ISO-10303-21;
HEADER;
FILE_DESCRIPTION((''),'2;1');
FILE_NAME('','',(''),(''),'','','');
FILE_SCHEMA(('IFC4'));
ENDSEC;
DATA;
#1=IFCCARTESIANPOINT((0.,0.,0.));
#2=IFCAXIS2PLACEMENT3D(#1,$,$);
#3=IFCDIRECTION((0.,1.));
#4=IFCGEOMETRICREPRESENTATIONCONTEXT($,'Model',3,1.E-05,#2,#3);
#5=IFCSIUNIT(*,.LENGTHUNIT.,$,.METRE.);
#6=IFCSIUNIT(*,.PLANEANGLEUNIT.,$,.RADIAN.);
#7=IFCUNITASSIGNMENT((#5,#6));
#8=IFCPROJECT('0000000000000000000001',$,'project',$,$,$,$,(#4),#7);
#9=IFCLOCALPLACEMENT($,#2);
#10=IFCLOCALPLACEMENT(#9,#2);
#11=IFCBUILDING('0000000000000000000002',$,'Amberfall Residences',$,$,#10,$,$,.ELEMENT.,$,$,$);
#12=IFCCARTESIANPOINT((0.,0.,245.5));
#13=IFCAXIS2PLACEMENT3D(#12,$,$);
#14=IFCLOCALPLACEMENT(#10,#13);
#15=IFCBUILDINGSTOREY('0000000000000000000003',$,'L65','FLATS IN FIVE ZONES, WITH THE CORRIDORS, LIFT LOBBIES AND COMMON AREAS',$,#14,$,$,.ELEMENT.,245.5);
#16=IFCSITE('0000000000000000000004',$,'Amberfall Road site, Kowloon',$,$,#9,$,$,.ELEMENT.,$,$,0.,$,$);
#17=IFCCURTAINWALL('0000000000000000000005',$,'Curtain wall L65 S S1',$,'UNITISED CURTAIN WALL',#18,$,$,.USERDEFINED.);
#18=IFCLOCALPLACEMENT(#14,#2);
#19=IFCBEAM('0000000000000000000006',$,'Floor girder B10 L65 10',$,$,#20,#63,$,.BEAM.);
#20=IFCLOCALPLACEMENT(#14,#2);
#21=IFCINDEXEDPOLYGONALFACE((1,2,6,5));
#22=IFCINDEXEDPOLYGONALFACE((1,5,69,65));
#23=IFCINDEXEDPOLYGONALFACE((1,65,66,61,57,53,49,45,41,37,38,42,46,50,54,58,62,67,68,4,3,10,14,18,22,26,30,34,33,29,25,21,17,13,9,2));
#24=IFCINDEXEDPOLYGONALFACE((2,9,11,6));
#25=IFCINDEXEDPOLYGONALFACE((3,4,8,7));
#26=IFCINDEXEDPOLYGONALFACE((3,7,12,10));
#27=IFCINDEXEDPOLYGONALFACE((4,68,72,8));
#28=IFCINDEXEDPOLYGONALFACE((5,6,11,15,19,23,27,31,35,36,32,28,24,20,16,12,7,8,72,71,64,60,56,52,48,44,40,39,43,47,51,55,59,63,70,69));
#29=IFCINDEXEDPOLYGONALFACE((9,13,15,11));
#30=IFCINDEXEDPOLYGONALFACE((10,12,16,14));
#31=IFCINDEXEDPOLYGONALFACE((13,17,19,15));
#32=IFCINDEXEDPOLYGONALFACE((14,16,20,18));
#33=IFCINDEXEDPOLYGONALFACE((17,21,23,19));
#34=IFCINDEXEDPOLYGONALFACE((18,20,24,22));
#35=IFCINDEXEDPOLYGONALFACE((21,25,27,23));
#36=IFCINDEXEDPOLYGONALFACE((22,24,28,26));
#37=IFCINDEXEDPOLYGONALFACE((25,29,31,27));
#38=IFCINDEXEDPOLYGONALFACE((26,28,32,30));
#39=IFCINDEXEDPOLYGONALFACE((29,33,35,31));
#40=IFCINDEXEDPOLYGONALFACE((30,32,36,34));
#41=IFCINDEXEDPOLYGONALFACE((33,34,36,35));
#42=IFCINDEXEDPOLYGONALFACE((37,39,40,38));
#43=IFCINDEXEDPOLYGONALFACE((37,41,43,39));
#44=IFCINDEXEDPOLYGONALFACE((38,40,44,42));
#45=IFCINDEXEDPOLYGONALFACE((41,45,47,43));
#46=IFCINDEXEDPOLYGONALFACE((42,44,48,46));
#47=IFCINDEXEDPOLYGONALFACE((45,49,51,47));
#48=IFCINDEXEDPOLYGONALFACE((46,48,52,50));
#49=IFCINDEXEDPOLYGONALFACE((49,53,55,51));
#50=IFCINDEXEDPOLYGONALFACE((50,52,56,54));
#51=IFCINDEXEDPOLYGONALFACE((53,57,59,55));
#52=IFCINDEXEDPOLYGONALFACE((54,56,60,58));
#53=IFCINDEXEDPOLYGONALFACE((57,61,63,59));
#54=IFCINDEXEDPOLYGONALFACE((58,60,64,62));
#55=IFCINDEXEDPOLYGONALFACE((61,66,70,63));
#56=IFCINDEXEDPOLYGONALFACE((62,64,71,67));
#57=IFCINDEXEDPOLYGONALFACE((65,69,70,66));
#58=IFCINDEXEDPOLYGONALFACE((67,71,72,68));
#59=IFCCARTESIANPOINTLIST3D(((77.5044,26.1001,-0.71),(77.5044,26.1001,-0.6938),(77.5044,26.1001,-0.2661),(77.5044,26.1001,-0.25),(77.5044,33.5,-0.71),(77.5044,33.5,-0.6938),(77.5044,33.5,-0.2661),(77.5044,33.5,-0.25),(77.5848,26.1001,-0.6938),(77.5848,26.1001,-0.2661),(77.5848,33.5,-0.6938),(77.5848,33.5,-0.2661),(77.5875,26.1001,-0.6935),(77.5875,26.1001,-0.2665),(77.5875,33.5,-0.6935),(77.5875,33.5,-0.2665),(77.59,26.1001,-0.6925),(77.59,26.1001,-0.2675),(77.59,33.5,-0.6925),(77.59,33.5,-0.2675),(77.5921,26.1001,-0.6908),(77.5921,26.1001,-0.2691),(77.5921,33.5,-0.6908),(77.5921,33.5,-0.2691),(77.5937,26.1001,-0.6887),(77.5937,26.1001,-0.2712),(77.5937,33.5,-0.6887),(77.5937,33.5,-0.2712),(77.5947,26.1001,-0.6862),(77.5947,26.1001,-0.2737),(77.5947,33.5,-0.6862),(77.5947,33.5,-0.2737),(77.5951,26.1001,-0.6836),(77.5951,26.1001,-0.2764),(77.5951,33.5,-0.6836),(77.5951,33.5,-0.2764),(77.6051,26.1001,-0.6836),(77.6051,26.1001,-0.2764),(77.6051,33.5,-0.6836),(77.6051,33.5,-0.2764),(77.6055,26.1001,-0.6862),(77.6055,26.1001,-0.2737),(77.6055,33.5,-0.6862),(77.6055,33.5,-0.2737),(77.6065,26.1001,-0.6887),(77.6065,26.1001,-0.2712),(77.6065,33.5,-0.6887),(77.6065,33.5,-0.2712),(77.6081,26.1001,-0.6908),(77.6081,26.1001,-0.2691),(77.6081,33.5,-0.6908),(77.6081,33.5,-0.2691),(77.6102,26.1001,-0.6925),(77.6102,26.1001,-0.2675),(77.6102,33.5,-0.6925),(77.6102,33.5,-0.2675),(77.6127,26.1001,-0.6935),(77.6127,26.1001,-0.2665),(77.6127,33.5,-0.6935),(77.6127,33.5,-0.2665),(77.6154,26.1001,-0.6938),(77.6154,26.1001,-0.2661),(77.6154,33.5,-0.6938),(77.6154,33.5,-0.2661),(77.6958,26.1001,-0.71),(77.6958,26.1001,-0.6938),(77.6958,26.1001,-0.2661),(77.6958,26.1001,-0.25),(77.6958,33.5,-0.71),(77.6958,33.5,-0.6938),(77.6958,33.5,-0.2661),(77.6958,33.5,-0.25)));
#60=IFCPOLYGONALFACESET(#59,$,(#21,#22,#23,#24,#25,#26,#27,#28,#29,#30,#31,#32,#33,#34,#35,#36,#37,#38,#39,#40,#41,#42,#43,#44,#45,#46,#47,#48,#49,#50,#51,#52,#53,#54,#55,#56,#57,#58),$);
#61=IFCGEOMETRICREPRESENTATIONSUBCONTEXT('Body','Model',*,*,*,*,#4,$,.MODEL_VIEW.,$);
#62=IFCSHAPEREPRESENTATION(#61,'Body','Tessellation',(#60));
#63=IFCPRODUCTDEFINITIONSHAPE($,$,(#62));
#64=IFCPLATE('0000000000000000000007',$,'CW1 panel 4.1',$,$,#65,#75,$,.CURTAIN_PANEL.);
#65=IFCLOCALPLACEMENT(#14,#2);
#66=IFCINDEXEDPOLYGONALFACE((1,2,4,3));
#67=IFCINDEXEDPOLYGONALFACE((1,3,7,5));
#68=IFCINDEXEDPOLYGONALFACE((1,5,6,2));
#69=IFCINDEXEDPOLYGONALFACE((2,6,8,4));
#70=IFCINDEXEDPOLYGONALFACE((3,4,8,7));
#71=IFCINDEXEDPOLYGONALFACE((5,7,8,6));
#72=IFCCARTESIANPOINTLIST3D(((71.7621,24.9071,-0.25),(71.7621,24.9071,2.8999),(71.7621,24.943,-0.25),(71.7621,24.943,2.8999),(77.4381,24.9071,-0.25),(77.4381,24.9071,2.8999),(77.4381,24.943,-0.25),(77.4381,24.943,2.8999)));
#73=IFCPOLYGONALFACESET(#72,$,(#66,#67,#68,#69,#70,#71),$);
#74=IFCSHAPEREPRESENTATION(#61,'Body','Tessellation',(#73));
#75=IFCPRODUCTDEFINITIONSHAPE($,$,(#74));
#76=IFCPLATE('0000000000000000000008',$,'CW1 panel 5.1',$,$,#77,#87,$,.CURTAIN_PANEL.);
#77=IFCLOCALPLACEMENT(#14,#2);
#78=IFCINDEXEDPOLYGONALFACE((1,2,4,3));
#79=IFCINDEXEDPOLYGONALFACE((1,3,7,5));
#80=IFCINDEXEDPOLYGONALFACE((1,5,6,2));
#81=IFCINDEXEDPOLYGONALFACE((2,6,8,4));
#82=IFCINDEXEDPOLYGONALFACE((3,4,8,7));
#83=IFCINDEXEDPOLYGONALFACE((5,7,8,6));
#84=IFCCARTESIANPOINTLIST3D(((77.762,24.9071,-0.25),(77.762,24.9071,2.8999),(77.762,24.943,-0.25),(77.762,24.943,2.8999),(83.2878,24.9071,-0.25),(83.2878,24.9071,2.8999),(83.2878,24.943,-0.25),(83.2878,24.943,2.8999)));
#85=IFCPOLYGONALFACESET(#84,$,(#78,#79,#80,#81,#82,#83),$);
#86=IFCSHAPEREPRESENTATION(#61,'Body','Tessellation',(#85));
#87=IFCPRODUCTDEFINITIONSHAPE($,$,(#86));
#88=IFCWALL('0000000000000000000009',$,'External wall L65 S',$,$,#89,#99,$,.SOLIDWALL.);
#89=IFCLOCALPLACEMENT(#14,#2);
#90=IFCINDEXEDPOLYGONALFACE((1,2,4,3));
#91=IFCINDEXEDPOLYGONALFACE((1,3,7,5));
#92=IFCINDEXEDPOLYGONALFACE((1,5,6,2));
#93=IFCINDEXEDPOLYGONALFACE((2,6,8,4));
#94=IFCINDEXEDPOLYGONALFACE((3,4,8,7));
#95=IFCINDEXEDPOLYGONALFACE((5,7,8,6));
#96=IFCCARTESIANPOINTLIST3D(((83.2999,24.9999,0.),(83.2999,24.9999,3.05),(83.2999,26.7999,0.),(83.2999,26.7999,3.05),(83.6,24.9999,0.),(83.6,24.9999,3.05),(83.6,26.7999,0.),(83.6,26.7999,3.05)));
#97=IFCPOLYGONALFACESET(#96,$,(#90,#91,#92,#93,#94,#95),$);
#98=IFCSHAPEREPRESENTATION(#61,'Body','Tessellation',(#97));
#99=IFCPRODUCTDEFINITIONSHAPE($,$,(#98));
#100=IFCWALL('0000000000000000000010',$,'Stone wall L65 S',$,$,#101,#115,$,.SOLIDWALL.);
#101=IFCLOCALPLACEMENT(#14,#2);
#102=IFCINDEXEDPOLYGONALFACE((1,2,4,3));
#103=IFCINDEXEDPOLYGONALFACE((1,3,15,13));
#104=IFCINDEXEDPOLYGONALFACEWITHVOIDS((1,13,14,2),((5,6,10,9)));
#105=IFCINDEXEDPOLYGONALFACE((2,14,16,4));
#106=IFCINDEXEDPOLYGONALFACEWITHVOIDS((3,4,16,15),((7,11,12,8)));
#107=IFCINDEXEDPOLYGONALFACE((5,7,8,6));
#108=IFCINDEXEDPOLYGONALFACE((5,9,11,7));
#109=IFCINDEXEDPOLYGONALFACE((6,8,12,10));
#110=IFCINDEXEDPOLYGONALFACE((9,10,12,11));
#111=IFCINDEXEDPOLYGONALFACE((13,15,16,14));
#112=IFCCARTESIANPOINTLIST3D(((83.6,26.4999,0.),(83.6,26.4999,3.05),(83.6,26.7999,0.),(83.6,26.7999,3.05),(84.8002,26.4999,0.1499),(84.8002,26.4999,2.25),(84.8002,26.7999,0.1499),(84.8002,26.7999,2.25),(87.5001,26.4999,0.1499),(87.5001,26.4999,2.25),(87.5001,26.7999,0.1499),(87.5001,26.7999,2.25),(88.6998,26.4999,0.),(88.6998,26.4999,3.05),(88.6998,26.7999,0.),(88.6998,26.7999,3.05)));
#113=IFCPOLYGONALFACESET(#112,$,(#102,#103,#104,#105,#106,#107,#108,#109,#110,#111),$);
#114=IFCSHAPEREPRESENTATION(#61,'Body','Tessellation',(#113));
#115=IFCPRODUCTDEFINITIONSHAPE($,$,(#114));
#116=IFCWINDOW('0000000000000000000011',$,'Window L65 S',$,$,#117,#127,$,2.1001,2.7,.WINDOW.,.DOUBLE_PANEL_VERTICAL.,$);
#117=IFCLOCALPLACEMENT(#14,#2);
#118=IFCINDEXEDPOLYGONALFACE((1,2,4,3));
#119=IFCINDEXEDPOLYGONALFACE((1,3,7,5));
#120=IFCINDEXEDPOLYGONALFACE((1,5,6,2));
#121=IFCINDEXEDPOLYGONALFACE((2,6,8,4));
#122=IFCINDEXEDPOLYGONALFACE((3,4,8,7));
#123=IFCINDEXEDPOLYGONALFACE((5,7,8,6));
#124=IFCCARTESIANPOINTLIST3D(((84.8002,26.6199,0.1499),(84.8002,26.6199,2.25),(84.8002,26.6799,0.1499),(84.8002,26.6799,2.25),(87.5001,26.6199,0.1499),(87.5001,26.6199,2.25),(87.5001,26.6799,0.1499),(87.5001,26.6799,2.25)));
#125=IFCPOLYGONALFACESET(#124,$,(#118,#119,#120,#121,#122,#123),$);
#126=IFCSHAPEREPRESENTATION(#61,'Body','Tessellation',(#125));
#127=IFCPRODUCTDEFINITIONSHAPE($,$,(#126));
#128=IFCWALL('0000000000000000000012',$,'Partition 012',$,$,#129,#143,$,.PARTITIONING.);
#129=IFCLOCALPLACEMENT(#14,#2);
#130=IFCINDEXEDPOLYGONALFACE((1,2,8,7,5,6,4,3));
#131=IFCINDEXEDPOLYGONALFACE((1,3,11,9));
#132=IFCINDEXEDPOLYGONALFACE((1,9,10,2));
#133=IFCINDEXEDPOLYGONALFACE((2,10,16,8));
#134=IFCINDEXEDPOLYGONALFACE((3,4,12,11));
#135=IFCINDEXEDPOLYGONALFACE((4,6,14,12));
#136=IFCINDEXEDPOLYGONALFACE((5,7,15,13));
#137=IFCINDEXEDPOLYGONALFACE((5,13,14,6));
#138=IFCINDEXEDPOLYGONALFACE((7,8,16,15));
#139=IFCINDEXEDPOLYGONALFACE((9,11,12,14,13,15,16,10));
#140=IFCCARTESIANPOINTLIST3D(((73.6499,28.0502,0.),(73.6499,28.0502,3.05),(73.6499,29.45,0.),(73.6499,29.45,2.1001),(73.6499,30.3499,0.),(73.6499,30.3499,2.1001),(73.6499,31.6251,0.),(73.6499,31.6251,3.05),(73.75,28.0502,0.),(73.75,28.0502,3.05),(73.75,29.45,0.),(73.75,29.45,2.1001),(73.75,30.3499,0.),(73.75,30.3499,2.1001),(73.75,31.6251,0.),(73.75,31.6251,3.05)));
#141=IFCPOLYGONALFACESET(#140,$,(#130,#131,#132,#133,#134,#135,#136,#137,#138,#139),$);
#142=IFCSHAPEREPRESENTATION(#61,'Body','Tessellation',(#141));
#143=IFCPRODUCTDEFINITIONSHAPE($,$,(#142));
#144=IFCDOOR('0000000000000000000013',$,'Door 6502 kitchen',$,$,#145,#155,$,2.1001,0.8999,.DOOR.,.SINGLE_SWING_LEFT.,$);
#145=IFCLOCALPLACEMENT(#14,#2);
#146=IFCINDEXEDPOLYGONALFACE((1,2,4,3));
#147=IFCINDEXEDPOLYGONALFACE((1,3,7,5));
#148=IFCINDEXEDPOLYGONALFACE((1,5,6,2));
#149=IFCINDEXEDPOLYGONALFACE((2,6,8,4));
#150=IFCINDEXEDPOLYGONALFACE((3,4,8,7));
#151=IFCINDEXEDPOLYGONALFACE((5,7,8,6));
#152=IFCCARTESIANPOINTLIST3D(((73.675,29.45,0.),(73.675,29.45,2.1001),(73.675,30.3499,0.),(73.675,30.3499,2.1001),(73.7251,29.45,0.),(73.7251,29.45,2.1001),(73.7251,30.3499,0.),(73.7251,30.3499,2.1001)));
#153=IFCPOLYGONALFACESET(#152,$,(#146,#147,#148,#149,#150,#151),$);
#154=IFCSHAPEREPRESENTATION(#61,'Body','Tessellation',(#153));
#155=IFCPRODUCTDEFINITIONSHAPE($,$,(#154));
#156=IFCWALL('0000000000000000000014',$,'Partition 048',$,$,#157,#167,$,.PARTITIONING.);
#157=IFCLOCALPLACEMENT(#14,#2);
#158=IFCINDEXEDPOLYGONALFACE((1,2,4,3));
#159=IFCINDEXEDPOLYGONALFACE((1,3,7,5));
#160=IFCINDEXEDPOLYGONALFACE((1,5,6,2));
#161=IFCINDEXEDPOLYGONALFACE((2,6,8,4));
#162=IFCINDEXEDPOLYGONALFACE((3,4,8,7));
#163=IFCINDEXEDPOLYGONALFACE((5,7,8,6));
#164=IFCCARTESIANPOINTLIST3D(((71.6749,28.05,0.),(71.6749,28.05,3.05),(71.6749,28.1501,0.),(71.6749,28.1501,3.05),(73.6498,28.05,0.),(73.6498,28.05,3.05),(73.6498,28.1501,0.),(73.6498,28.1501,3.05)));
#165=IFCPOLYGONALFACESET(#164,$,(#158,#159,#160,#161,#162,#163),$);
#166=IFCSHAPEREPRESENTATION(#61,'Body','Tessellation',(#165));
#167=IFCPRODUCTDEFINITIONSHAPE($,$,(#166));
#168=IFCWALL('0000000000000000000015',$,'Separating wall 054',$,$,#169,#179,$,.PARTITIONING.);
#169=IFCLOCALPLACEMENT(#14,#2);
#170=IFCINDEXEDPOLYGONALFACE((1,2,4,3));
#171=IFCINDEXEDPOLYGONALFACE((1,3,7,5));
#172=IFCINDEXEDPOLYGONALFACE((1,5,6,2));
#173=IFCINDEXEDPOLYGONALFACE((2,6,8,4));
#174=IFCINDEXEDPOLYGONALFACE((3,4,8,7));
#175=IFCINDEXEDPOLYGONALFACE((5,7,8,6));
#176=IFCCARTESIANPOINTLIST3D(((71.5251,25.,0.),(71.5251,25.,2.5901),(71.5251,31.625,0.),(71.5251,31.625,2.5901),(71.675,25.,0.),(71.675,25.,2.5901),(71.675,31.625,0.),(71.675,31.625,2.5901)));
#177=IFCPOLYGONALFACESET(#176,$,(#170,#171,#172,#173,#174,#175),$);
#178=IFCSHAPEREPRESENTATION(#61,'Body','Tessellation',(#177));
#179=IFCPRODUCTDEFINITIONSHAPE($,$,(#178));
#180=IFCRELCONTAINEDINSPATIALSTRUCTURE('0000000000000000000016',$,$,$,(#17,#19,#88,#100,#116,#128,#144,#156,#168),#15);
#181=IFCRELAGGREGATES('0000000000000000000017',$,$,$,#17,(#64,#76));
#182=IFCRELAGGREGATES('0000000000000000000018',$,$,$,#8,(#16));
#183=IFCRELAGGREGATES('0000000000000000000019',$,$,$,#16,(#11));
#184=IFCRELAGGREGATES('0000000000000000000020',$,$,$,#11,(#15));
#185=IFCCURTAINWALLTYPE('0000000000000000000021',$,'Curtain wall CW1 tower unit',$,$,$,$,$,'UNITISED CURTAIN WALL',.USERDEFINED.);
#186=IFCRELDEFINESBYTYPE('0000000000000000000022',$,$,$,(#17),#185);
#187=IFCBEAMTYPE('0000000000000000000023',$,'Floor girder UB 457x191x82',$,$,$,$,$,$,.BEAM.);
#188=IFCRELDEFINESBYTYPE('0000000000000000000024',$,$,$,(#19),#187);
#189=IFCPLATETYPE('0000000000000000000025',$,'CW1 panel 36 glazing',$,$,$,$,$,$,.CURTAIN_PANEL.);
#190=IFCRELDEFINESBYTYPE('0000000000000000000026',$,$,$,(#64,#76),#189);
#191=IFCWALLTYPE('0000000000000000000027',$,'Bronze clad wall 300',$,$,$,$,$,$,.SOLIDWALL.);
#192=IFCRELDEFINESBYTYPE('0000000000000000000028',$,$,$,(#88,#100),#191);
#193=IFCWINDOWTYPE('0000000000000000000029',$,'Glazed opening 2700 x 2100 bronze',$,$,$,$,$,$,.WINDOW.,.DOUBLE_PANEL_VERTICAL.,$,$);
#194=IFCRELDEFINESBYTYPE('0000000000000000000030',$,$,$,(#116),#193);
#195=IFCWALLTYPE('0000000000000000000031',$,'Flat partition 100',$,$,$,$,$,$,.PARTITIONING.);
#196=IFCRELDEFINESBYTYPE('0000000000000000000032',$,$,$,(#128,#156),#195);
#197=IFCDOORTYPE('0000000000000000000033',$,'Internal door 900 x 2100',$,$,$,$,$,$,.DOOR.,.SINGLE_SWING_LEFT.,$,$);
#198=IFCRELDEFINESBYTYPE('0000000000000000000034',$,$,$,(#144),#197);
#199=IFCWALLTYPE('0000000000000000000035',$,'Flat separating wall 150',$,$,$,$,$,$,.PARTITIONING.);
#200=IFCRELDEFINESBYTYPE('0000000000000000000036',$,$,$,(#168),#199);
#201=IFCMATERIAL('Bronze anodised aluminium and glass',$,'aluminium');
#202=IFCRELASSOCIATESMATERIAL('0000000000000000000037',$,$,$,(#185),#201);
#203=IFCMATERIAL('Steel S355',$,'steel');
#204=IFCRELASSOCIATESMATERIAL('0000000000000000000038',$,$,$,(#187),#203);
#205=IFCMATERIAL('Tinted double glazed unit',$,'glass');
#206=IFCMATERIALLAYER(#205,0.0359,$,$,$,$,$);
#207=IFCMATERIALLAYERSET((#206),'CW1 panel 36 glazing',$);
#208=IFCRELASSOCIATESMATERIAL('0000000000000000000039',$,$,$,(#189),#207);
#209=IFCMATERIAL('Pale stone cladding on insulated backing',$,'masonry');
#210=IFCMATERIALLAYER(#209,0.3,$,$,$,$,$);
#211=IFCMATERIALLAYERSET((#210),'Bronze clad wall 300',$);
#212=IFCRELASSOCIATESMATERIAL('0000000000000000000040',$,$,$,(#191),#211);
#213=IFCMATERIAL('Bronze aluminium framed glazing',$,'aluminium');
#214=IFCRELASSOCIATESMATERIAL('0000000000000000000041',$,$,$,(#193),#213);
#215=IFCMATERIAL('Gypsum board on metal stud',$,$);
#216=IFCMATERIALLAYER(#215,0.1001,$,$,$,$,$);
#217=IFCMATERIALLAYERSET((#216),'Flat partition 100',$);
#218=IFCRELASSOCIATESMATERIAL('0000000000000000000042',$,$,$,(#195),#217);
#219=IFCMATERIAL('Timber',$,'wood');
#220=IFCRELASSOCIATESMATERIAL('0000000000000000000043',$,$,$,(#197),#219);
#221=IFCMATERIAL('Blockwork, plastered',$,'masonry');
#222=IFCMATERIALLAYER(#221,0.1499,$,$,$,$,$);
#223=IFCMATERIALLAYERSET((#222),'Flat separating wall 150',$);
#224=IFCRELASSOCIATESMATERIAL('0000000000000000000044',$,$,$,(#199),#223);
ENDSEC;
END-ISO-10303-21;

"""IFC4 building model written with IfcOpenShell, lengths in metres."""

from ifc_helpers import new_model, si_unit, direction, frame, frame_2d, origin, origin_2d, place, context, subcontext, project, spatial, rectangle, i_section, extrude, material, layer, layer_set, material_profile, profile_set, type_object, element, fill, aggregate, save


model = new_model("IFC4")

# Units and contexts
model_context = context("Model", 3, precision=1e-05, world=origin(), true_north=direction((0.0, 1.0)))
body_context = subcontext(model_context, "Body", "Model", "MODEL_VIEW")
ifc_project = project(units=[si_unit("LENGTHUNIT", "METRE"), si_unit("PLANEANGLEUNIT", "RADIAN")], contexts=[model_context])

# Site, building, storey
site_placement = place(None, origin())
site = spatial("IfcSite", under=ifc_project, at=site_placement, Name="Amberfall Road site, Kowloon", CompositionType="ELEMENT", RefElevation=0.0)
building_placement = place(site_placement, origin())
building = spatial("IfcBuilding", under=site, at=building_placement, Name="Amberfall Residences", CompositionType="ELEMENT")
storey_placement = place(building_placement, frame((0.0, 0.0, 245.5)))
storey = spatial("IfcBuildingStorey", under=building, at=storey_placement, Name="L65", Description="FLATS IN FIVE ZONES, WITH THE CORRIDORS, LIFT LOBBIES AND COMMON AREAS", CompositionType="ELEMENT", Elevation=245.5)

# Curtain wall
ifc_material_1 = material(Name="Bronze anodised aluminium and glass", Category="aluminium")
curtain_wall_type = type_object("IfcCurtainWallType", Name="Curtain wall CW1 tower unit", ElementType="UNITISED CURTAIN WALL", PredefinedType="USERDEFINED", material=ifc_material_1)
curtain_wall_placement = place(storey_placement, origin())
curtain_wall = element("IfcCurtainWall", 1, at=curtain_wall_placement, inside=storey, type_object=curtain_wall_type, Name="Curtain wall L65 S S1", ObjectType="UNITISED CURTAIN WALL", PredefinedType="USERDEFINED")

# Shared definitions
ifc_material_2 = material(Name="Steel S355", Category="steel")

# Beam
ifc_material_profile_1 = material_profile(ifc_material_2, i_section(OverallWidth=0.1914, OverallDepth=0.46, WebThickness=0.01, FlangeThickness=0.0161, FilletRadius=0.0103, at=origin_2d()), Name="UB 457x191x82")
ifc_profile_set_1 = profile_set([ifc_material_profile_1], Name="Steel S355")
beam_type_1 = type_object("IfcBeamType", Name="Floor girder UB 457x191x82", PredefinedType="BEAM", material=ifc_profile_set_1)
beam_1_placement = place(storey_placement, frame((77.6001, 26.1001, -0.48), z_axis=(0.0, 1.0, 0.0), x_axis=(-1.0, 0.0, 0.0)))
element("IfcBeam", 2, at=beam_1_placement, inside=storey, type_object=beam_type_1, Name="Floor girder B10 L65 10", PredefinedType="BEAM", context=body_context, shape_type="SweptSolid", body=[
    extrude(i_section(OverallWidth=0.1914, OverallDepth=0.46, WebThickness=0.01, FlangeThickness=0.0161, FilletRadius=0.0103, at=origin_2d()), origin(), (0.0, 0.0, 1.0), 7.3999),
])

# Plates
ifc_material_3 = material(Name="Tinted double glazed unit", Category="glass")
ifc_layer_1 = layer(ifc_material_3, 0.0359)
ifc_layer_set_1 = layer_set([ifc_layer_1], Name="CW1 panel 36 glazing")
plate_type = type_object("IfcPlateType", Name="CW1 panel 36 glazing", PredefinedType="CURTAIN_PANEL", material=ifc_layer_set_1)
plate_1_placement = place(storey_placement, frame((74.6001, 24.925, -0.25), z_axis=(0.0, 0.0, 1.0), x_axis=(1.0, 0.0, 0.0)))
plate_1 = element("IfcPlate", 3, at=plate_1_placement, type_object=plate_type, Name="CW1 panel 4.1", PredefinedType="CURTAIN_PANEL", context=body_context, shape_type="SweptSolid", body=[
    extrude(rectangle(XDim=5.676, YDim=0.0359, at=origin_2d()), origin(), (0.0, 0.0, 1.0), 3.1499),
])
plate_2_placement = place(storey_placement, frame((80.5249, 24.925, -0.25), z_axis=(0.0, 0.0, 1.0), x_axis=(1.0, 0.0, 0.0)))
plate_2 = element("IfcPlate", 4, at=plate_2_placement, type_object=plate_type, Name="CW1 panel 5.1", PredefinedType="CURTAIN_PANEL", context=body_context, shape_type="SweptSolid", body=[
    extrude(rectangle(XDim=5.5259, YDim=0.0359, at=origin_2d()), origin(), (0.0, 0.0, 1.0), 3.1499),
])
aggregate(curtain_wall, [plate_1, plate_2])

# Wall
ifc_material_4 = material(Name="Pale stone cladding on insulated backing", Category="masonry")
ifc_layer_2 = layer(ifc_material_4, 0.3)
ifc_layer_set_2 = layer_set([ifc_layer_2], Name="Bronze clad wall 300")
wall_type_1 = type_object("IfcWallType", Name="Bronze clad wall 300", PredefinedType="SOLIDWALL", material=ifc_layer_set_2)
wall_1_placement = place(storey_placement, frame((83.45, 25.0, 0.0), z_axis=(0.0, 0.0, 1.0), x_axis=(0.0, 1.0, 0.0)))
element("IfcWall", 5, at=wall_1_placement, inside=storey, type_object=wall_type_1, Name="External wall L65 S", PredefinedType="SOLIDWALL", context=body_context, shape_type="SweptSolid", body=[
    extrude(rectangle(XDim=1.8, YDim=0.3, at=frame_2d((0.8999, 0.0))), origin(), (0.0, 0.0, 1.0), 3.05),
])

# Wall, opening, window
wall_2_placement = place(storey_placement, frame((83.6001, 26.6499, 0.0), z_axis=(0.0, 0.0, 1.0), x_axis=(1.0, 0.0, 0.0)))
wall_2 = element("IfcWall", 6, at=wall_2_placement, inside=storey, type_object=wall_type_1, Name="Stone wall L65 S", PredefinedType="SOLIDWALL", context=body_context, shape_type="SweptSolid", body=[
    extrude(rectangle(XDim=5.0999, YDim=0.3, at=frame_2d((2.5498, 0.0))), origin(), (0.0, 0.0, 1.0), 3.05),
])
opening_1_placement = place(wall_2_placement, frame((1.2, 0.0, 0.1499)))
opening_1 = element("IfcOpeningElement", 7, at=opening_1_placement, cuts=wall_2, PredefinedType="OPENING", context=body_context, shape_type="SweptSolid", body=[
    extrude(rectangle(XDim=2.7, YDim=2.1001, at=frame_2d((1.3501, 1.05))), frame((0.0, 0.1599, 0.0), z_axis=(0.0, -1.0, 0.0), x_axis=(1.0, 0.0, 0.0)), (0.0, 0.0, 1.0), 0.3201),
])
ifc_material_5 = material(Name="Bronze aluminium framed glazing", Category="aluminium")
window_type = type_object("IfcWindowType", Name="Glazed opening 2700 x 2100 bronze", PartitioningType="DOUBLE_PANEL_VERTICAL", PredefinedType="WINDOW", material=ifc_material_5)
window_placement = place(opening_1_placement, origin())
window = element("IfcWindow", 8, at=window_placement, inside=storey, type_object=window_type, Name="Window L65 S", OverallHeight=2.1001, OverallWidth=2.7, PartitioningType="DOUBLE_PANEL_VERTICAL", PredefinedType="WINDOW", context=body_context, shape_type="SweptSolid", body=[
    extrude(rectangle(XDim=2.7, YDim=2.1001, at=frame_2d((1.3501, 1.05))), frame((0.0, 0.03, 0.0), z_axis=(0.0, -1.0, 0.0), x_axis=(1.0, 0.0, 0.0)), (0.0, 0.0, 1.0), 0.0601),
])
fill(opening_1, window)

# Wall, opening, door
ifc_material_6 = material(Name="Gypsum board on metal stud")
ifc_layer_3 = layer(ifc_material_6, 0.1001)
ifc_layer_set_3 = layer_set([ifc_layer_3], Name="Flat partition 100")
wall_type_2 = type_object("IfcWallType", Name="Flat partition 100", PredefinedType="PARTITIONING", material=ifc_layer_set_3)
wall_3_placement = place(storey_placement, frame((73.7, 28.05, 0.0), z_axis=(0.0, 0.0, 1.0), x_axis=(0.0, 1.0, 0.0)))
wall_3 = element("IfcWall", 9, at=wall_3_placement, inside=storey, type_object=wall_type_2, Name="Partition 012", PredefinedType="PARTITIONING", context=body_context, shape_type="SweptSolid", body=[
    extrude(rectangle(XDim=3.575, YDim=0.1001, at=frame_2d((1.7876, 0.0))), origin(), (0.0, 0.0, 1.0), 3.05),
])
opening_2_placement = place(wall_3_placement, frame((1.3999, 0.0, 0.0)))
opening_2 = element("IfcOpeningElement", 10, at=opening_2_placement, cuts=wall_3, PredefinedType="OPENING", context=body_context, shape_type="SweptSolid", body=[
    extrude(rectangle(XDim=0.8999, YDim=2.1001, at=frame_2d((0.45, 1.05))), frame((0.0, 0.0601, 0.0), z_axis=(0.0, -1.0, 0.0), x_axis=(1.0, 0.0, 0.0)), (0.0, 0.0, 1.0), 0.1201),
])
ifc_material_7 = material(Name="Timber", Category="wood")
door_type = type_object("IfcDoorType", Name="Internal door 900 x 2100", OperationType="SINGLE_SWING_LEFT", PredefinedType="DOOR", material=ifc_material_7)
door_placement = place(opening_2_placement, origin())
door = element("IfcDoor", 11, at=door_placement, inside=storey, type_object=door_type, Name="Door 6502 kitchen", OperationType="SINGLE_SWING_LEFT", OverallHeight=2.1001, OverallWidth=0.8999, PredefinedType="DOOR", context=body_context, shape_type="SweptSolid", body=[
    extrude(rectangle(XDim=0.8999, YDim=2.1001, at=frame_2d((0.45, 1.05))), frame((0.0, 0.0249, 0.0), z_axis=(0.0, -1.0, 0.0), x_axis=(1.0, 0.0, 0.0)), (0.0, 0.0, 1.0), 0.05),
])
fill(opening_2, door)

# Walls
wall_4_placement = place(storey_placement, frame((71.675, 28.1001, 0.0), z_axis=(0.0, 0.0, 1.0), x_axis=(1.0, 0.0, 0.0)))
element("IfcWall", 12, at=wall_4_placement, inside=storey, type_object=wall_type_2, Name="Partition 048", PredefinedType="PARTITIONING", context=body_context, shape_type="SweptSolid", body=[
    extrude(rectangle(XDim=1.9749, YDim=0.1001, at=frame_2d((0.9873, 0.0))), origin(), (0.0, 0.0, 1.0), 3.05),
])
ifc_material_8 = material(Name="Blockwork, plastered", Category="masonry")
ifc_layer_4 = layer(ifc_material_8, 0.1499)
ifc_layer_set_4 = layer_set([ifc_layer_4], Name="Flat separating wall 150")
wall_type_3 = type_object("IfcWallType", Name="Flat separating wall 150", PredefinedType="PARTITIONING", material=ifc_layer_set_4)
for number, where, z_axis, x_axis, name in (
    (13, (71.6001, 25.0, 0.0), (0.0, 0.0, 1.0), (0.0, 1.0, 0.0), "Separating wall 054"),
):
    element("IfcWall", number, at=place(storey_placement, frame(where, z_axis=z_axis, x_axis=x_axis)), inside=storey, type_object=wall_type_3, Name=name, PredefinedType="PARTITIONING", context=body_context, shape_type="SweptSolid", body=[
        extrude(rectangle(XDim=6.625, YDim=0.1499, at=frame_2d((3.3125, 0.0))), origin(), (0.0, 0.0, 1.0), 2.5901),
    ])

save(model, "model.ifc")
